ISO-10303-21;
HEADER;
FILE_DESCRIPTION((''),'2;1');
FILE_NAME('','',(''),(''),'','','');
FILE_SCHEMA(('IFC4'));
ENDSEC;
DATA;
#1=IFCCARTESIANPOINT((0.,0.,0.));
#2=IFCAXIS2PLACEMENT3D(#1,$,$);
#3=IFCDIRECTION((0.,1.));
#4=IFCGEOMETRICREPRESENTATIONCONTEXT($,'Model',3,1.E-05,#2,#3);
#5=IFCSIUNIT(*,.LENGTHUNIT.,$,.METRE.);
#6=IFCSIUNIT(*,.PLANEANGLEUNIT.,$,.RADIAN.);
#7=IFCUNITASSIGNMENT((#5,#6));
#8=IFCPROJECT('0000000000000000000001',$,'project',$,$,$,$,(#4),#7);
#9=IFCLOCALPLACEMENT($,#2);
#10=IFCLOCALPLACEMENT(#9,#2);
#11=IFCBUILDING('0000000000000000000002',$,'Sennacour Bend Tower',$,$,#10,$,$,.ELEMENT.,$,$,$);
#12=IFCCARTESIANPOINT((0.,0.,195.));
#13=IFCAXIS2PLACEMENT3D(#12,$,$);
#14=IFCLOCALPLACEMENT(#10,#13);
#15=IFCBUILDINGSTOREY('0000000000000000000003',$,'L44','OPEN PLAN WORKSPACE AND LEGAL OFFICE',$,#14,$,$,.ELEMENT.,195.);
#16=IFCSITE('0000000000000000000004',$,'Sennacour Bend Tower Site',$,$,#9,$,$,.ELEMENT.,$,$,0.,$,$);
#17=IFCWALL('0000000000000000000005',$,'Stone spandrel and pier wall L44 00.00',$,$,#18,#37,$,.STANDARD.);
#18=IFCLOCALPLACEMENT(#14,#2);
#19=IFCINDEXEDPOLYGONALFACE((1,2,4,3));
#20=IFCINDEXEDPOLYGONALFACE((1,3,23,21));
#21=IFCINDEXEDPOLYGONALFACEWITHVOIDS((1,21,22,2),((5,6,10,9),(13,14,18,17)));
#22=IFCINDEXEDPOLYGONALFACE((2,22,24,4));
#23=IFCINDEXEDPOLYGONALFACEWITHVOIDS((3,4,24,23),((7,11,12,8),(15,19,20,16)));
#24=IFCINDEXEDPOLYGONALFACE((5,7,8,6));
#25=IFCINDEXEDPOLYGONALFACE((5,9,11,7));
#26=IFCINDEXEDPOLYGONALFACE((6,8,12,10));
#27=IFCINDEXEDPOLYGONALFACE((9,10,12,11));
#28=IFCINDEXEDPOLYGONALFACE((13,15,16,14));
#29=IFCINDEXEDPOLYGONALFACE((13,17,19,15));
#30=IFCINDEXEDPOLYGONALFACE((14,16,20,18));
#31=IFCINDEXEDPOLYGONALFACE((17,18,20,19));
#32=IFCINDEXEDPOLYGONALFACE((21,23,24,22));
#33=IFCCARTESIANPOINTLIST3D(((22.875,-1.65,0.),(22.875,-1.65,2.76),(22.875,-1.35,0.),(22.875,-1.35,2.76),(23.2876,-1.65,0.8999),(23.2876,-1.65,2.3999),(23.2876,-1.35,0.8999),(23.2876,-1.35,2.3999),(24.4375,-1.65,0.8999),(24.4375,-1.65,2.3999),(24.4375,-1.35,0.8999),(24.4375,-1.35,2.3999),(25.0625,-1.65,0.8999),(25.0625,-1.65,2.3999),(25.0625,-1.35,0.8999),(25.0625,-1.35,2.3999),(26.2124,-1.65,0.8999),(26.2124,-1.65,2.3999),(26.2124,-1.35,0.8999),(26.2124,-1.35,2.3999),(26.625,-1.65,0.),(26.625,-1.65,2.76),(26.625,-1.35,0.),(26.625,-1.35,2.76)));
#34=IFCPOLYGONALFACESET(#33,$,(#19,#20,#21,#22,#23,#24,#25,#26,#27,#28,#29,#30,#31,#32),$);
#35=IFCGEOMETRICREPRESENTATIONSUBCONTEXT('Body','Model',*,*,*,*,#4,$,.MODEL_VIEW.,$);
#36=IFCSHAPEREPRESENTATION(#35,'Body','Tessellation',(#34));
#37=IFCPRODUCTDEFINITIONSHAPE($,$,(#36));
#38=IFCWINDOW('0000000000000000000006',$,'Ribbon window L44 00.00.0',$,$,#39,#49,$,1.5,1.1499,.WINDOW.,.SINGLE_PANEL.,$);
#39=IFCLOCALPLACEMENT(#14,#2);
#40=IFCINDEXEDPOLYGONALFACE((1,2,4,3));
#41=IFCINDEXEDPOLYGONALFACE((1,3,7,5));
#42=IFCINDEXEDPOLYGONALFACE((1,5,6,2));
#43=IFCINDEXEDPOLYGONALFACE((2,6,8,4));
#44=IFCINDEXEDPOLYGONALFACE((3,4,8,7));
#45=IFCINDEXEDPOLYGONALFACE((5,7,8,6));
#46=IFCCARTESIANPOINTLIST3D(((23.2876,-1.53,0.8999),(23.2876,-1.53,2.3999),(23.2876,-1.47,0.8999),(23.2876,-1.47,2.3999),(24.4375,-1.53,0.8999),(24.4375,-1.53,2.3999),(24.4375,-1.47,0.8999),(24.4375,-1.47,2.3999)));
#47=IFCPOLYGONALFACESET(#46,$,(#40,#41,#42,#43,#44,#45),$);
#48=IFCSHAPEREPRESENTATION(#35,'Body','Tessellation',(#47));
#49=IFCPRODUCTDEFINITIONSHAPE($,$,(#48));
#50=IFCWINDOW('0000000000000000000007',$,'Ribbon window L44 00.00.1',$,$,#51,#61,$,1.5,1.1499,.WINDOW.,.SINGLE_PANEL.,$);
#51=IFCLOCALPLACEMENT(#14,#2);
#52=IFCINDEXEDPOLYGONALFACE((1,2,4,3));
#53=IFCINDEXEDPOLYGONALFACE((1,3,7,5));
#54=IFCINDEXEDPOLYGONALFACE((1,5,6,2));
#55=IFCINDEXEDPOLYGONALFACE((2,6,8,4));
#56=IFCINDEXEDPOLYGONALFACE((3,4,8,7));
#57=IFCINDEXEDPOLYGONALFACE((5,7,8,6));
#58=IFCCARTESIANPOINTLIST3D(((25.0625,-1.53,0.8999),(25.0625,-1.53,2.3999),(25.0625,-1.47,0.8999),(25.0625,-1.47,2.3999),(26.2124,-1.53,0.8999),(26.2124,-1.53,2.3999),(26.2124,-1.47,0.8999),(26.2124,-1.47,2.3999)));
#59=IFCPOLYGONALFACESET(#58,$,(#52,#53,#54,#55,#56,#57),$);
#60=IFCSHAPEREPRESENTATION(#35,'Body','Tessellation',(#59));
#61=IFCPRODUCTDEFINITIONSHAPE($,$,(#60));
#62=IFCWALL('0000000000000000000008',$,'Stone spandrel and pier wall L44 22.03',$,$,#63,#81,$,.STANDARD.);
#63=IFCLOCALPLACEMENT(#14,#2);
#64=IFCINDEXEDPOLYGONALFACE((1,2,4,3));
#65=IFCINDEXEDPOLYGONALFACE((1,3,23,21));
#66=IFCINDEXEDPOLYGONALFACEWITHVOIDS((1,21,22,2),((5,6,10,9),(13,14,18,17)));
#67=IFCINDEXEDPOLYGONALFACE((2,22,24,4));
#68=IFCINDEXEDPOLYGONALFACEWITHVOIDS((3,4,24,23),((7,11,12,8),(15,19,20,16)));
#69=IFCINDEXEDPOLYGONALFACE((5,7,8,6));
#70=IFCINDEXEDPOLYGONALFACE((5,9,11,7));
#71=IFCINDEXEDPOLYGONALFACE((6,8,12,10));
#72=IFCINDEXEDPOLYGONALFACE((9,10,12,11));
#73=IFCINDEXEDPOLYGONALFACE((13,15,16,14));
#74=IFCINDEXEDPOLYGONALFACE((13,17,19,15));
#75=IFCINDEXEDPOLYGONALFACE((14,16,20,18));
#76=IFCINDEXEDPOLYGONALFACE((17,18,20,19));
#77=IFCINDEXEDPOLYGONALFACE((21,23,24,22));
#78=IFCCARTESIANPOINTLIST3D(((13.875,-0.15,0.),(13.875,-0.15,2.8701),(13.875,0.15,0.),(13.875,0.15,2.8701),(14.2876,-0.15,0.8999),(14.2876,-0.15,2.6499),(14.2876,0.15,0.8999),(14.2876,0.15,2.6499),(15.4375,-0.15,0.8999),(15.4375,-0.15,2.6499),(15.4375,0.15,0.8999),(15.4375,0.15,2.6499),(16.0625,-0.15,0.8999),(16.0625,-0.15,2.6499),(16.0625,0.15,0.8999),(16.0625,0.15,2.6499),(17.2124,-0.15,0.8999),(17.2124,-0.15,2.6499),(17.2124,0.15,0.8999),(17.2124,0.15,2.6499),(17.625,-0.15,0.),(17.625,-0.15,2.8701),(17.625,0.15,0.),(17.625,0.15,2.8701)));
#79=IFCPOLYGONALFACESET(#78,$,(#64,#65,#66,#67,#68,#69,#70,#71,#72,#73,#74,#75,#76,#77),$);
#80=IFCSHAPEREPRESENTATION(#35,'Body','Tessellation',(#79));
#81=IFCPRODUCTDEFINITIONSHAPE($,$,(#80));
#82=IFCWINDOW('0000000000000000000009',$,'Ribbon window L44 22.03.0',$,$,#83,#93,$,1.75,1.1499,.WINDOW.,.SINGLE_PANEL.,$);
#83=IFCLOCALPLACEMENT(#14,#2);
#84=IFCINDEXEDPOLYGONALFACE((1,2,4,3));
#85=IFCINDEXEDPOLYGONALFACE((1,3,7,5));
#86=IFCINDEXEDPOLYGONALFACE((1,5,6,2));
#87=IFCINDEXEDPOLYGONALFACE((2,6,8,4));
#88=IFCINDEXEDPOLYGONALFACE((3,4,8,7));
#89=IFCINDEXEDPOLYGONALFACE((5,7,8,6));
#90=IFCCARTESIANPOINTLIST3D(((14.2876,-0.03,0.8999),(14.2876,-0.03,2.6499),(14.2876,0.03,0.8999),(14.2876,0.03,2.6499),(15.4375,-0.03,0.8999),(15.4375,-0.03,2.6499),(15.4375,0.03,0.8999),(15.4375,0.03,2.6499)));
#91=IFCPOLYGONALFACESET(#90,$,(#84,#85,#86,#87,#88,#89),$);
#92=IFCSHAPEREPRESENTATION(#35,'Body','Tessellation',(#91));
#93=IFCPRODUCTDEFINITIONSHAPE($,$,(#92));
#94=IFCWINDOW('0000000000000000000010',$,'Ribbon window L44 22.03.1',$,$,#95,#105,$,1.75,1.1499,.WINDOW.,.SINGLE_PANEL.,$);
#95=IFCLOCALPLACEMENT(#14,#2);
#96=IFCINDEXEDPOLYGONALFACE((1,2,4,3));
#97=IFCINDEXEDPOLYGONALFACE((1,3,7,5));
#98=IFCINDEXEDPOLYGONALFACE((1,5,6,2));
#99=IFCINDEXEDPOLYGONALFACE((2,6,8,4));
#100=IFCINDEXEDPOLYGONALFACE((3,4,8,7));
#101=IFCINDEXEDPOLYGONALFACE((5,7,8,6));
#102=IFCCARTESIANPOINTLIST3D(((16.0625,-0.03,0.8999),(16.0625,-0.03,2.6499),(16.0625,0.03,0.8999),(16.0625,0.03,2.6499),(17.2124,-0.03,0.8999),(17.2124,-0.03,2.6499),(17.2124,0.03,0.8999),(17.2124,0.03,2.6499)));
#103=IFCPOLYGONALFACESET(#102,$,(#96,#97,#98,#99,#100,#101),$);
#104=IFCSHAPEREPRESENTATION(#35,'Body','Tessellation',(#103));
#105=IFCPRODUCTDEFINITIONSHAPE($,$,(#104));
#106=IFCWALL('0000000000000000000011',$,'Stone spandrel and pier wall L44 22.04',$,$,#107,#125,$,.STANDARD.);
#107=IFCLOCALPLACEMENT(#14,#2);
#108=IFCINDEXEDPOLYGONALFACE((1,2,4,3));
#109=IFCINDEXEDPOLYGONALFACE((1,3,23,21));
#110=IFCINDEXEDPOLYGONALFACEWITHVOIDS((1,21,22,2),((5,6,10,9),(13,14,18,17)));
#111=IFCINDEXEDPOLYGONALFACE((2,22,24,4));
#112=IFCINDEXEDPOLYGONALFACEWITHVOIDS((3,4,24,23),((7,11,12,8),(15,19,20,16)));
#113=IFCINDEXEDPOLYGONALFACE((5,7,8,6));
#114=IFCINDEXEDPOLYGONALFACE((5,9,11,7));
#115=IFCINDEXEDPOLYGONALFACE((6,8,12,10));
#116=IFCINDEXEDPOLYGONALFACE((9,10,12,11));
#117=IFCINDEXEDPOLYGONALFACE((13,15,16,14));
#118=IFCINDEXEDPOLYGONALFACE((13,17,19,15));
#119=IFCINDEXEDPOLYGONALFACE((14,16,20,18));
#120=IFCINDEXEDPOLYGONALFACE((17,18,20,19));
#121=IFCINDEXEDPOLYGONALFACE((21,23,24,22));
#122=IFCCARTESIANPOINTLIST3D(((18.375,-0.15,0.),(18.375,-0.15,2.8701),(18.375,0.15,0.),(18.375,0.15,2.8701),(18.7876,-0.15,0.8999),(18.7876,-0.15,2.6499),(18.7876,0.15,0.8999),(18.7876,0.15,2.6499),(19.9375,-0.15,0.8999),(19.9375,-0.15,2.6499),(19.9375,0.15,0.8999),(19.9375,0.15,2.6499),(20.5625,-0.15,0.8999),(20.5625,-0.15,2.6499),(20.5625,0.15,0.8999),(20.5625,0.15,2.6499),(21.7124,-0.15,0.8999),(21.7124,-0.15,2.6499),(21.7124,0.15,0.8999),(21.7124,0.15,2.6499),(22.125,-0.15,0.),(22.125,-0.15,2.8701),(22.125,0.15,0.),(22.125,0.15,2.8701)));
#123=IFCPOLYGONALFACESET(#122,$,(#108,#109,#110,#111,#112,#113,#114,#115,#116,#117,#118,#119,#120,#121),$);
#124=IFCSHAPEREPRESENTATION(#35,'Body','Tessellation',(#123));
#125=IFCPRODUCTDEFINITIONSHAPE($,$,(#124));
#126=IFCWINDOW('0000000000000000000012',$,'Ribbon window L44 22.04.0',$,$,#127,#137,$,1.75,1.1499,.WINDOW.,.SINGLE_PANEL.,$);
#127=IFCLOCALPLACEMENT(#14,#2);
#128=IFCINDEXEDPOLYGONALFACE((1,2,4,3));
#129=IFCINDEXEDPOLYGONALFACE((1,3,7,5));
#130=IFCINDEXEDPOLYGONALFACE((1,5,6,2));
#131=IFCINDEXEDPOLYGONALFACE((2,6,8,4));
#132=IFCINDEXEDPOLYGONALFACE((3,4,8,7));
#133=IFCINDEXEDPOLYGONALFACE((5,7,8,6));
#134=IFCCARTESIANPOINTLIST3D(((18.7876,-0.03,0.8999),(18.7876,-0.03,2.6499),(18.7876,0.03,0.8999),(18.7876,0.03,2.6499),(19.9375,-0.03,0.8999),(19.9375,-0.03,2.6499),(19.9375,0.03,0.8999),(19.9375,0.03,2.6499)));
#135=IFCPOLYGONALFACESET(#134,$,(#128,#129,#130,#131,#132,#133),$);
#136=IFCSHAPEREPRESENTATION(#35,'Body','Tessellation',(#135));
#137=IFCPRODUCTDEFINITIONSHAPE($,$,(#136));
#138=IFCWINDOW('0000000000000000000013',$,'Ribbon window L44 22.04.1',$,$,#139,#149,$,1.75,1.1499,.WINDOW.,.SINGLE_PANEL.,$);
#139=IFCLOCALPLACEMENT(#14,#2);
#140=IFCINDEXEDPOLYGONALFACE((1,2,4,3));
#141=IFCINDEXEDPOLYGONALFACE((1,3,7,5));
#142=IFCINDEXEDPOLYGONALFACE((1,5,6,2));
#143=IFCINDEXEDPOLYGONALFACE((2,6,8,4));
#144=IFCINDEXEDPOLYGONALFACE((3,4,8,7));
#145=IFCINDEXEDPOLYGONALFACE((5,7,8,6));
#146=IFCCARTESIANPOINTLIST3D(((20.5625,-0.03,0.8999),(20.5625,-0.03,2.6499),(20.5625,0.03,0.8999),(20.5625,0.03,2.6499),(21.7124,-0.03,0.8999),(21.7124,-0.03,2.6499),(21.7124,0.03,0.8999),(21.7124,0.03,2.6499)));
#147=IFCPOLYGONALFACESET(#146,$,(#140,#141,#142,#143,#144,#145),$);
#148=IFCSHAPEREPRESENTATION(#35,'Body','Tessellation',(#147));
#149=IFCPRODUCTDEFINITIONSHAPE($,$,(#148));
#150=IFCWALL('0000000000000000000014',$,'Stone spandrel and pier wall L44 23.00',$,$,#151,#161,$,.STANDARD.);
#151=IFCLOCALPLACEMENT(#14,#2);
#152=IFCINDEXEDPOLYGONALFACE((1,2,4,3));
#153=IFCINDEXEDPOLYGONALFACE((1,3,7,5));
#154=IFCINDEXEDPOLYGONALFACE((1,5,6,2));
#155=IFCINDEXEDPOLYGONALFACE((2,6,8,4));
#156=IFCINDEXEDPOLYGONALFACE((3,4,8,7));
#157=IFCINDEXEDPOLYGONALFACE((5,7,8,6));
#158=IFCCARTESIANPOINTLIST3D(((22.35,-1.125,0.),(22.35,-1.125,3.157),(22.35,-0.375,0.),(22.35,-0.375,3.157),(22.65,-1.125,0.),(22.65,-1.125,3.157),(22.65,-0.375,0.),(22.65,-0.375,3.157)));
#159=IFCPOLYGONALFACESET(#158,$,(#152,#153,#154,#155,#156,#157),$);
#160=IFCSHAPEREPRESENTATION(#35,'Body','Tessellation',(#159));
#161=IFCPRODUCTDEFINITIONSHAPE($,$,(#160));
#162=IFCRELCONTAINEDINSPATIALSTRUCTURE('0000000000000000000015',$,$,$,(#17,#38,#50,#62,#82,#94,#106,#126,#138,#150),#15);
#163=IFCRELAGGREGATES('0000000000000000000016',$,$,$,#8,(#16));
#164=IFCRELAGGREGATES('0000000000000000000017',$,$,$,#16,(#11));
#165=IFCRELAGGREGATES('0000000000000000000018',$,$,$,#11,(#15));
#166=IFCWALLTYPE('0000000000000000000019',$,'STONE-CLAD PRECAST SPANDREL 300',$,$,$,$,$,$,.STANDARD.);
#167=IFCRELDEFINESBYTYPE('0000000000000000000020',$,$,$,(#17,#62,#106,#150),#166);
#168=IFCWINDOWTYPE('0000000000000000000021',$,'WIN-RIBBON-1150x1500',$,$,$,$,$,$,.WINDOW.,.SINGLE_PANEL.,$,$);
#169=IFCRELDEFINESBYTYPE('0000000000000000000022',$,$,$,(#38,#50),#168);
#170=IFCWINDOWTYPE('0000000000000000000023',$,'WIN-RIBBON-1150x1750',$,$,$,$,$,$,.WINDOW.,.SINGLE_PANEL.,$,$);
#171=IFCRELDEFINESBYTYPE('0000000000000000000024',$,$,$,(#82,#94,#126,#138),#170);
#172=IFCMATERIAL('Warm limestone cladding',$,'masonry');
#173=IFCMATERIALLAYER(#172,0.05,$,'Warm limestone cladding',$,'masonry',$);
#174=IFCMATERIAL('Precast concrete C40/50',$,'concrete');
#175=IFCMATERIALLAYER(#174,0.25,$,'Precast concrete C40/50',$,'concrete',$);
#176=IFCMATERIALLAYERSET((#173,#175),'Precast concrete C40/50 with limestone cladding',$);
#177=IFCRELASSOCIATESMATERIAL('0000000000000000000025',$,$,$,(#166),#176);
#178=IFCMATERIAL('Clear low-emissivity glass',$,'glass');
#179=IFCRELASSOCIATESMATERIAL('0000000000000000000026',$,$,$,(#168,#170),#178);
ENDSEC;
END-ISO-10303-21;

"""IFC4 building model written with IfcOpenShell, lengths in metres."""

from ifc_helpers import new_model, si_unit, direction, frame, frame_2d, origin, place, context, subcontext, project, spatial, rectangle, extrude, material, layer, layer_set, type_object, element, fill, save


model = new_model("IFC4")

# Units and contexts
model_context = context("Model", 3, precision=1e-05, world=origin(), true_north=direction((0.0, 1.0)))
body_context = subcontext(model_context, "Body", "Model", "MODEL_VIEW")
ifc_project = project(units=[si_unit("LENGTHUNIT", "METRE"), si_unit("PLANEANGLEUNIT", "RADIAN")], contexts=[model_context])

# Site, building, storey
site_placement = place(None, origin())
site = spatial("IfcSite", under=ifc_project, at=site_placement, Name="Sennacour Bend Tower Site", CompositionType="ELEMENT", RefElevation=0.0)
building_placement = place(site_placement, origin())
building = spatial("IfcBuilding", under=site, at=building_placement, Name="Sennacour Bend Tower", CompositionType="ELEMENT")
storey_placement = place(building_placement, frame((0.0, 0.0, 195.0)))
storey = spatial("IfcBuildingStorey", under=building, at=storey_placement, Name="L44", Description="OPEN PLAN WORKSPACE AND LEGAL OFFICE", CompositionType="ELEMENT", Elevation=195.0)

# Walls, openings, windows
ifc_material_1 = material(Name="Warm limestone cladding", Category="masonry")
ifc_layer_1 = layer(ifc_material_1, 0.05, Name="Warm limestone cladding", Category="masonry")
ifc_material_2 = material(Name="Precast concrete C40/50", Category="concrete")
ifc_layer_2 = layer(ifc_material_2, 0.25, Name="Precast concrete C40/50", Category="concrete")
ifc_layer_set = layer_set([ifc_layer_1, ifc_layer_2], Name="Precast concrete C40/50 with limestone cladding")
wall_type = type_object("IfcWallType", Name="STONE-CLAD PRECAST SPANDREL 300", PredefinedType="STANDARD", material=ifc_layer_set)
wall_1_placement = place(storey_placement, frame((22.875, -1.5, 0.0), z_axis=(0.0, 0.0, 1.0), x_axis=(1.0, 0.0, 0.0)))
wall_1 = element("IfcWall", 1, at=wall_1_placement, inside=storey, type_object=wall_type, Name="Stone spandrel and pier wall L44 00.00", PredefinedType="STANDARD", context=body_context, shape_type="SweptSolid", body=[
    extrude(rectangle(XDim=3.75, YDim=0.3, at=frame_2d((1.875, 0.0))), origin(), (0.0, 0.0, 1.0), 2.76),
])
opening_1_placement = place(wall_1_placement, frame((0.4126, 0.0, 0.8999)))
opening_1 = element("IfcOpeningElement", 2, at=opening_1_placement, cuts=wall_1, PredefinedType="OPENING", context=body_context, shape_type="SweptSolid", body=[
    extrude(rectangle(XDim=1.1499, YDim=1.5, at=frame_2d((0.575, 0.75))), frame((0.0, 0.1602, 0.0), z_axis=(0.0, -1.0, 0.0), x_axis=(1.0, 0.0, 0.0)), (0.0, 0.0, 1.0), 0.3201),
])
opening_2_placement = place(wall_1_placement, frame((2.1875, 0.0, 0.8999)))
opening_2 = element("IfcOpeningElement", 3, at=opening_2_placement, cuts=wall_1, PredefinedType="OPENING", context=body_context, shape_type="SweptSolid", body=[
    extrude(rectangle(XDim=1.1499, YDim=1.5, at=frame_2d((0.575, 0.75))), frame((0.0, 0.1602, 0.0), z_axis=(0.0, -1.0, 0.0), x_axis=(1.0, 0.0, 0.0)), (0.0, 0.0, 1.0), 0.3201),
])
ifc_material_3 = material(Name="Clear low-emissivity glass", Category="glass")
window_type_1 = type_object("IfcWindowType", Name="WIN-RIBBON-1150x1500", PartitioningType="SINGLE_PANEL", PredefinedType="WINDOW", material=ifc_material_3)
window_1_placement = place(opening_1_placement, origin())
window_1 = element("IfcWindow", 4, at=window_1_placement, inside=storey, type_object=window_type_1, Name="Ribbon window L44 00.00.0", OverallHeight=1.5, OverallWidth=1.1499, PartitioningType="SINGLE_PANEL", PredefinedType="WINDOW", context=body_context, shape_type="SweptSolid", body=[
    extrude(rectangle(XDim=1.1499, YDim=1.5, at=frame_2d((0.575, 0.75))), frame((0.0, 0.03, 0.0), z_axis=(0.0, -1.0, 0.0), x_axis=(1.0, 0.0, 0.0)), (0.0, 0.0, 1.0), 0.0601),
])
fill(opening_1, window_1)
window_2_placement = place(opening_2_placement, origin())
window_2 = element("IfcWindow", 5, at=window_2_placement, inside=storey, type_object=window_type_1, Name="Ribbon window L44 00.00.1", OverallHeight=1.5, OverallWidth=1.1499, PartitioningType="SINGLE_PANEL", PredefinedType="WINDOW", context=body_context, shape_type="SweptSolid", body=[
    extrude(rectangle(XDim=1.1499, YDim=1.5, at=frame_2d((0.575, 0.75))), frame((0.0, 0.03, 0.0), z_axis=(0.0, -1.0, 0.0), x_axis=(1.0, 0.0, 0.0)), (0.0, 0.0, 1.0), 0.0601),
])
fill(opening_2, window_2)
wall_2_placement = place(storey_placement, frame((13.875, 0.0, 0.0), z_axis=(0.0, 0.0, 1.0), x_axis=(1.0, 0.0, 0.0)))
wall_2 = element("IfcWall", 6, at=wall_2_placement, inside=storey, type_object=wall_type, Name="Stone spandrel and pier wall L44 22.03", PredefinedType="STANDARD", context=body_context, shape_type="SweptSolid", body=[
    extrude(rectangle(XDim=3.75, YDim=0.3, at=frame_2d((1.875, 0.0))), origin(), (0.0, 0.0, 1.0), 2.8701),
])
opening_3_placement = place(wall_2_placement, frame((0.4126, 0.0, 0.8999)))
opening_3 = element("IfcOpeningElement", 7, at=opening_3_placement, cuts=wall_2, PredefinedType="OPENING", context=body_context, shape_type="SweptSolid", body=[
    extrude(rectangle(XDim=1.1499, YDim=1.75, at=frame_2d((0.575, 0.875))), frame((0.0, 0.1602, 0.0), z_axis=(0.0, -1.0, 0.0), x_axis=(1.0, 0.0, 0.0)), (0.0, 0.0, 1.0), 0.3201),
])
opening_4_placement = place(wall_2_placement, frame((2.1875, 0.0, 0.8999)))
opening_4 = element("IfcOpeningElement", 8, at=opening_4_placement, cuts=wall_2, PredefinedType="OPENING", context=body_context, shape_type="SweptSolid", body=[
    extrude(rectangle(XDim=1.1499, YDim=1.75, at=frame_2d((0.575, 0.875))), frame((0.0, 0.1602, 0.0), z_axis=(0.0, -1.0, 0.0), x_axis=(1.0, 0.0, 0.0)), (0.0, 0.0, 1.0), 0.3201),
])
window_type_2 = type_object("IfcWindowType", Name="WIN-RIBBON-1150x1750", PartitioningType="SINGLE_PANEL", PredefinedType="WINDOW", material=ifc_material_3)
window_3_placement = place(opening_3_placement, origin())
window_3 = element("IfcWindow", 9, at=window_3_placement, inside=storey, type_object=window_type_2, Name="Ribbon window L44 22.03.0", OverallHeight=1.75, OverallWidth=1.1499, PartitioningType="SINGLE_PANEL", PredefinedType="WINDOW", context=body_context, shape_type="SweptSolid", body=[
    extrude(rectangle(XDim=1.1499, YDim=1.75, at=frame_2d((0.575, 0.875))), frame((0.0, 0.03, 0.0), z_axis=(0.0, -1.0, 0.0), x_axis=(1.0, 0.0, 0.0)), (0.0, 0.0, 1.0), 0.0601),
])
fill(opening_3, window_3)
window_4_placement = place(opening_4_placement, origin())
window_4 = element("IfcWindow", 10, at=window_4_placement, inside=storey, type_object=window_type_2, Name="Ribbon window L44 22.03.1", OverallHeight=1.75, OverallWidth=1.1499, PartitioningType="SINGLE_PANEL", PredefinedType="WINDOW", context=body_context, shape_type="SweptSolid", body=[
    extrude(rectangle(XDim=1.1499, YDim=1.75, at=frame_2d((0.575, 0.875))), frame((0.0, 0.03, 0.0), z_axis=(0.0, -1.0, 0.0), x_axis=(1.0, 0.0, 0.0)), (0.0, 0.0, 1.0), 0.0601),
])
fill(opening_4, window_4)
wall_3_placement = place(storey_placement, frame((18.375, 0.0, 0.0), z_axis=(0.0, 0.0, 1.0), x_axis=(1.0, 0.0, 0.0)))
wall_3 = element("IfcWall", 11, at=wall_3_placement, inside=storey, type_object=wall_type, Name="Stone spandrel and pier wall L44 22.04", PredefinedType="STANDARD", context=body_context, shape_type="SweptSolid", body=[
    extrude(rectangle(XDim=3.75, YDim=0.3, at=frame_2d((1.875, 0.0))), origin(), (0.0, 0.0, 1.0), 2.8701),
])
opening_5_placement = place(wall_3_placement, frame((0.4126, 0.0, 0.8999)))
opening_5 = element("IfcOpeningElement", 12, at=opening_5_placement, cuts=wall_3, PredefinedType="OPENING", context=body_context, shape_type="SweptSolid", body=[
    extrude(rectangle(XDim=1.1499, YDim=1.75, at=frame_2d((0.575, 0.875))), frame((0.0, 0.1602, 0.0), z_axis=(0.0, -1.0, 0.0), x_axis=(1.0, 0.0, 0.0)), (0.0, 0.0, 1.0), 0.3201),
])
opening_6_placement = place(wall_3_placement, frame((2.1875, 0.0, 0.8999)))
opening_6 = element("IfcOpeningElement", 13, at=opening_6_placement, cuts=wall_3, PredefinedType="OPENING", context=body_context, shape_type="SweptSolid", body=[
    extrude(rectangle(XDim=1.1499, YDim=1.75, at=frame_2d((0.575, 0.875))), frame((0.0, 0.1602, 0.0), z_axis=(0.0, -1.0, 0.0), x_axis=(1.0, 0.0, 0.0)), (0.0, 0.0, 1.0), 0.3201),
])
window_5_placement = place(opening_5_placement, origin())
window_5 = element("IfcWindow", 14, at=window_5_placement, inside=storey, type_object=window_type_2, Name="Ribbon window L44 22.04.0", OverallHeight=1.75, OverallWidth=1.1499, PartitioningType="SINGLE_PANEL", PredefinedType="WINDOW", context=body_context, shape_type="SweptSolid", body=[
    extrude(rectangle(XDim=1.1499, YDim=1.75, at=frame_2d((0.575, 0.875))), frame((0.0, 0.03, 0.0), z_axis=(0.0, -1.0, 0.0), x_axis=(1.0, 0.0, 0.0)), (0.0, 0.0, 1.0), 0.0601),
])
fill(opening_5, window_5)
window_6_placement = place(opening_6_placement, origin())
window_6 = element("IfcWindow", 15, at=window_6_placement, inside=storey, type_object=window_type_2, Name="Ribbon window L44 22.04.1", OverallHeight=1.75, OverallWidth=1.1499, PartitioningType="SINGLE_PANEL", PredefinedType="WINDOW", context=body_context, shape_type="SweptSolid", body=[
    extrude(rectangle(XDim=1.1499, YDim=1.75, at=frame_2d((0.575, 0.875))), frame((0.0, 0.03, 0.0), z_axis=(0.0, -1.0, 0.0), x_axis=(1.0, 0.0, 0.0)), (0.0, 0.0, 1.0), 0.0601),
])
fill(opening_6, window_6)

# Wall
wall_4_placement = place(storey_placement, frame((22.5, -0.375, 0.0), z_axis=(0.0, 0.0, 1.0), x_axis=(0.0, -1.0, 0.0)))
element("IfcWall", 16, at=wall_4_placement, inside=storey, type_object=wall_type, Name="Stone spandrel and pier wall L44 23.00", PredefinedType="STANDARD", context=body_context, shape_type="SweptSolid", body=[
    extrude(rectangle(XDim=0.75, YDim=0.3, at=frame_2d((0.375, 0.0))), origin(), (0.0, 0.0, 1.0), 3.157),
])

save(model, "model.ifc")
